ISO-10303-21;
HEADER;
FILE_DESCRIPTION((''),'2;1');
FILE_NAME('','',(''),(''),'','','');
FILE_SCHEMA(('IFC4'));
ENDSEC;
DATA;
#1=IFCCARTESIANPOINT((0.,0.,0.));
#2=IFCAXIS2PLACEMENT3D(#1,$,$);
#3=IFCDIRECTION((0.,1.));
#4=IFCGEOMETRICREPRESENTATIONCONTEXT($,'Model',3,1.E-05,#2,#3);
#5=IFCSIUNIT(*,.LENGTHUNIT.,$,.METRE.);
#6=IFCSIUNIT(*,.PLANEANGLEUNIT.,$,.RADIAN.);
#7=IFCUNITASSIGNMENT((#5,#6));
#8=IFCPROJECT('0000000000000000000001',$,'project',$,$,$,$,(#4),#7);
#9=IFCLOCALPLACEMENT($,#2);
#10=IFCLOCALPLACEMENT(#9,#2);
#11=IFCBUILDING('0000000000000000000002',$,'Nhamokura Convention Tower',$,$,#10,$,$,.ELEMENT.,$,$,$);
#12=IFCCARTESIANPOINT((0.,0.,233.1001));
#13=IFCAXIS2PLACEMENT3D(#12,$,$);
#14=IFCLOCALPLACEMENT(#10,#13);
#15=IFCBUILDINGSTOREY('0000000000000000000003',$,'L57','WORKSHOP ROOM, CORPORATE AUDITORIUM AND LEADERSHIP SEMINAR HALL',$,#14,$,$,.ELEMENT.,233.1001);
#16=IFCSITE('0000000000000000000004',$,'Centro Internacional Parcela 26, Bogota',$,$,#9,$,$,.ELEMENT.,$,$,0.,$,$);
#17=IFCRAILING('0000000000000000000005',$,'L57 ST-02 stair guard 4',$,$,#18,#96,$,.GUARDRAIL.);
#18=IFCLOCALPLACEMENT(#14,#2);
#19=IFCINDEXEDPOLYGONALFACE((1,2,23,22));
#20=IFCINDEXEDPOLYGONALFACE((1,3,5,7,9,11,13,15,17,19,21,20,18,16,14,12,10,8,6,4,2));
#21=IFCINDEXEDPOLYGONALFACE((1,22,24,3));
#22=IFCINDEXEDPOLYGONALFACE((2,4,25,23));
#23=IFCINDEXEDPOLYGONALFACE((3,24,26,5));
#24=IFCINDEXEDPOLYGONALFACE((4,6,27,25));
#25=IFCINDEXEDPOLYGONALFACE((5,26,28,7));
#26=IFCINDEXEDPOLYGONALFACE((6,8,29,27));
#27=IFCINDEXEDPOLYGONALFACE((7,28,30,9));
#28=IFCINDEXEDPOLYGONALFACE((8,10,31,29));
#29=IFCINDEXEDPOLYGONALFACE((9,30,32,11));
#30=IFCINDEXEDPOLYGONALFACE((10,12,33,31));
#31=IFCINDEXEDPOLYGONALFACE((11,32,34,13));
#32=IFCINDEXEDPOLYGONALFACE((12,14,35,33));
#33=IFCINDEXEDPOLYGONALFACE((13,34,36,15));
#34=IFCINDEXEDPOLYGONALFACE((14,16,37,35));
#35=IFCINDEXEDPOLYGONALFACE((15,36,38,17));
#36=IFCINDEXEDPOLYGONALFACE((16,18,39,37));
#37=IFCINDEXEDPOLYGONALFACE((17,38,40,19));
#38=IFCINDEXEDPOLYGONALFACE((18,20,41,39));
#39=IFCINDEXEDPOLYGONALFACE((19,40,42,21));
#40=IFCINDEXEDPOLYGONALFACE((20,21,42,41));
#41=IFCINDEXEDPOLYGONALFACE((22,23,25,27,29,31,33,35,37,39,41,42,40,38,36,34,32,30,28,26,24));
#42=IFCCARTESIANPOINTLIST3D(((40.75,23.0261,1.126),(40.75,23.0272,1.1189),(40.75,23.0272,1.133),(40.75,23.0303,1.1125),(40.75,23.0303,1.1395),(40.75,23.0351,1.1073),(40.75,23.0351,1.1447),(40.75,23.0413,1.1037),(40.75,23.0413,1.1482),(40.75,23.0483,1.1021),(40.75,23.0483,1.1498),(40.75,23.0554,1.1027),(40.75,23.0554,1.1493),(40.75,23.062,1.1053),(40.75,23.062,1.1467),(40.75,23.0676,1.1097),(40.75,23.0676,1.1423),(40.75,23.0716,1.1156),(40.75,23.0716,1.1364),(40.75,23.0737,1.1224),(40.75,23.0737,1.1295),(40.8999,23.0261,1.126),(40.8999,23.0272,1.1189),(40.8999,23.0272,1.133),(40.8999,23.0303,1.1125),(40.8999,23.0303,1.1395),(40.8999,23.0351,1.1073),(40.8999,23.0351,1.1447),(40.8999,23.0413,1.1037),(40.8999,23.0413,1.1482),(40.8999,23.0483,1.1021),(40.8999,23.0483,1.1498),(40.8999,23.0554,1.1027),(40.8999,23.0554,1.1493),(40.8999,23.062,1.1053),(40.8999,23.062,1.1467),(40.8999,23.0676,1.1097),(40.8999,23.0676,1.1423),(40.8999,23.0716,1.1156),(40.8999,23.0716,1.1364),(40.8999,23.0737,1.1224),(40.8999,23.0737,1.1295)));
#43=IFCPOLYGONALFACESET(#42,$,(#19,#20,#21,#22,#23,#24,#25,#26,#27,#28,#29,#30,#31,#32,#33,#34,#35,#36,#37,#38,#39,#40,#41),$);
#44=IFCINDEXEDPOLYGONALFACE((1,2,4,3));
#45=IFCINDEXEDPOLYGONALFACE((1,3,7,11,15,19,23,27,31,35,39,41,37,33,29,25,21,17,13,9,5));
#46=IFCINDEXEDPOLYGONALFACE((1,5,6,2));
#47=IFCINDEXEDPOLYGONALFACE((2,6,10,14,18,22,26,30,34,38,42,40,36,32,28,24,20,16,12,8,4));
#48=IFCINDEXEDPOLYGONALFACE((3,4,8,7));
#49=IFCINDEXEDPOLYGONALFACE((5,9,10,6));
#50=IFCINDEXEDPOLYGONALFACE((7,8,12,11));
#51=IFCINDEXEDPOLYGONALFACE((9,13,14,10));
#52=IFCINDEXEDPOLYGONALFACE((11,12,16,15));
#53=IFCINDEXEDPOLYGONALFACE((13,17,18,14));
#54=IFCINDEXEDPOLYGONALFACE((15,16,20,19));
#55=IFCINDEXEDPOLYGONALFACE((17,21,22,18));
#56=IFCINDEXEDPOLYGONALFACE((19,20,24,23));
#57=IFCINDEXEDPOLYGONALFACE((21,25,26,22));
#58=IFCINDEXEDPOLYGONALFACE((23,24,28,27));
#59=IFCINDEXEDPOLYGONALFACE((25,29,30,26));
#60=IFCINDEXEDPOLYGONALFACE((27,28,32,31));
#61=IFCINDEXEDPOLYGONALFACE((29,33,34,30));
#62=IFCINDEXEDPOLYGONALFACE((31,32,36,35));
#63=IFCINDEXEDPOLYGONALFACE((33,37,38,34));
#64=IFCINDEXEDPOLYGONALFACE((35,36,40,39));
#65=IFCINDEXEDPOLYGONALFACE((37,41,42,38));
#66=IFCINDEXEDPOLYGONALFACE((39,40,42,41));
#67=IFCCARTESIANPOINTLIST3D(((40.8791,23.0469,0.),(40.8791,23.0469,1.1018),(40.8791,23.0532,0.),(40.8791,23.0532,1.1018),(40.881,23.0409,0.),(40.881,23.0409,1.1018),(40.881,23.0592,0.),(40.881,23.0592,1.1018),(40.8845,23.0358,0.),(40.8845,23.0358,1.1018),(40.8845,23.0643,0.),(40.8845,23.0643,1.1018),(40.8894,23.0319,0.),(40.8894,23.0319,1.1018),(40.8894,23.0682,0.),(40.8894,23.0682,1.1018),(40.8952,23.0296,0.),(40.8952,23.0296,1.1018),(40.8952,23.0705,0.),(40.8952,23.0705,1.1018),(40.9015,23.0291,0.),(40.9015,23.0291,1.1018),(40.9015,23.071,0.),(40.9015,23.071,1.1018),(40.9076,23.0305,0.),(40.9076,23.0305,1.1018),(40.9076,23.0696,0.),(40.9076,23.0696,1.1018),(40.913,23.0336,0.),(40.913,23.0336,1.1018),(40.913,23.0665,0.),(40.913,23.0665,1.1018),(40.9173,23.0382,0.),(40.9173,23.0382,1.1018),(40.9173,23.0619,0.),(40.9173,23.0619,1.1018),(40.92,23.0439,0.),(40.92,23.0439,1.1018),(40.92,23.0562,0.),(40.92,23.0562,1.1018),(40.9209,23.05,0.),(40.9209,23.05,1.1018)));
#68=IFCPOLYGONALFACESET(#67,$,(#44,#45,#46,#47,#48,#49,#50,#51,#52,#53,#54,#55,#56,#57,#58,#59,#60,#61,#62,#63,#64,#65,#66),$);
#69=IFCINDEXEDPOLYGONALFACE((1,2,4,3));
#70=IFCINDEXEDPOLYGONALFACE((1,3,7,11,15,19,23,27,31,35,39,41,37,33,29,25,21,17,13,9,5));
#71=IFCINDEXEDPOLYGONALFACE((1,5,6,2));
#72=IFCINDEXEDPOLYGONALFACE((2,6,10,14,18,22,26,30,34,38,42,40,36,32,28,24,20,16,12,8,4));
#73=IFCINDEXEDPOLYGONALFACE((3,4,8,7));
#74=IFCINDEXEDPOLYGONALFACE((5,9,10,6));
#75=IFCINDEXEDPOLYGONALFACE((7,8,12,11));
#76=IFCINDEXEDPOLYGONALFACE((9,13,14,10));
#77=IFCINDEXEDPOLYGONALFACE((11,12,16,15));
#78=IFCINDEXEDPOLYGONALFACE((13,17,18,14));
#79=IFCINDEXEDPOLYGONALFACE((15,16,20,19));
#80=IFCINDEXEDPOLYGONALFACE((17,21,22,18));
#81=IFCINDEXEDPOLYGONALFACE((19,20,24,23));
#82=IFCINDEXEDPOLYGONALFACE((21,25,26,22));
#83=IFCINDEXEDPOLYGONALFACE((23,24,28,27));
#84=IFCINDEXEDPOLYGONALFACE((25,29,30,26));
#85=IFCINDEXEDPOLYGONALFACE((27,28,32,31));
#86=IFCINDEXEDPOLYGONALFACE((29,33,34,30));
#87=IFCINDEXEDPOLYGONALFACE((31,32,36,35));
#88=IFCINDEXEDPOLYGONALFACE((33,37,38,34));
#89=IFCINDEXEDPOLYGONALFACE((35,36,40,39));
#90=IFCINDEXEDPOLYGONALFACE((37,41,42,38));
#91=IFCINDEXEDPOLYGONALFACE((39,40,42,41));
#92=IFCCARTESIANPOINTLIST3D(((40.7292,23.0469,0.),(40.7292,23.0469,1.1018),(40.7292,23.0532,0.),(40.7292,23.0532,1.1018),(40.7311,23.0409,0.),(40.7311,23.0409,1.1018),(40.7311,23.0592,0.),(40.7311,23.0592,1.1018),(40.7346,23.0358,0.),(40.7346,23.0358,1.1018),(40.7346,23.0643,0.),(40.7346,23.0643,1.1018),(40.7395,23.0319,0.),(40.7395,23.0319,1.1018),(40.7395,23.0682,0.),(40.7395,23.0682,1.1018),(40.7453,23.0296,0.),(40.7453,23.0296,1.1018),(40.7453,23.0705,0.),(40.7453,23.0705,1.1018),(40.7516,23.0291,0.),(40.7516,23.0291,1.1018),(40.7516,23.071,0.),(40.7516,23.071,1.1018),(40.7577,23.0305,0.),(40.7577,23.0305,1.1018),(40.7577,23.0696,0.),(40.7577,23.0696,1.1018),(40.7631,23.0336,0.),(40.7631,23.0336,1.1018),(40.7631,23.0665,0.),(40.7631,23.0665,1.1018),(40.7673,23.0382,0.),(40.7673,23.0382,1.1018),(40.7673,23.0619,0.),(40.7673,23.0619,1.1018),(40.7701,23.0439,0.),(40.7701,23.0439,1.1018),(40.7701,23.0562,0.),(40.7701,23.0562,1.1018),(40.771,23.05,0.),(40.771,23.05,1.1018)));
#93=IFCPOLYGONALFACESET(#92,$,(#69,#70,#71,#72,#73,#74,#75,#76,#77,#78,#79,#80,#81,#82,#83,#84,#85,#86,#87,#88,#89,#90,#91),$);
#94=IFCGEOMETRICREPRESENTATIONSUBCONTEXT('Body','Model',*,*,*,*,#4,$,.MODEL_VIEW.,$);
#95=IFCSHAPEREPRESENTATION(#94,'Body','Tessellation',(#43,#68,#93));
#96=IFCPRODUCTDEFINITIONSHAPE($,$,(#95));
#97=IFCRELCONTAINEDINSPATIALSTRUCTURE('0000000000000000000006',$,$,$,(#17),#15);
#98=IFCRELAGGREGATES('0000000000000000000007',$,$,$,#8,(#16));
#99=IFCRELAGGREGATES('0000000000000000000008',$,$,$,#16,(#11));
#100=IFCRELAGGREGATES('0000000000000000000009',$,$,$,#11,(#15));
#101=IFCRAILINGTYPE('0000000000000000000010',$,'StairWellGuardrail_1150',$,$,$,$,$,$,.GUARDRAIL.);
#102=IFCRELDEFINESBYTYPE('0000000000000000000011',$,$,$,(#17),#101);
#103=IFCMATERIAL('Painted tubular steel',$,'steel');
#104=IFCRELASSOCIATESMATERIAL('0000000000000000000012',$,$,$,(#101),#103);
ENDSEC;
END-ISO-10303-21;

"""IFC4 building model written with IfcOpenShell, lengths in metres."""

from ifc_helpers import new_model, si_unit, direction, frame, origin, origin_2d, place, context, subcontext, project, spatial, circle, extrude, material, type_object, element, save


model = new_model("IFC4")

# Units and contexts
model_context = context("Model", 3, precision=1e-05, world=origin(), true_north=direction((0.0, 1.0)))
body_context = subcontext(model_context, "Body", "Model", "MODEL_VIEW")
ifc_project = project(units=[si_unit("LENGTHUNIT", "METRE"), si_unit("PLANEANGLEUNIT", "RADIAN")], contexts=[model_context])

# Site, building, storey
site_placement = place(None, origin())
site = spatial("IfcSite", under=ifc_project, at=site_placement, Name="Centro Internacional Parcela 26, Bogota", CompositionType="ELEMENT", RefElevation=0.0)
building_placement = place(site_placement, origin())
building = spatial("IfcBuilding", under=site, at=building_placement, Name="Nhamokura Convention Tower", CompositionType="ELEMENT")
storey_placement = place(building_placement, frame((0.0, 0.0, 233.1001)))
storey = spatial("IfcBuildingStorey", under=building, at=storey_placement, Name="L57", Description="WORKSHOP ROOM, CORPORATE AUDITORIUM AND LEADERSHIP SEMINAR HALL", CompositionType="ELEMENT", Elevation=233.1001)

# Railing
ifc_material_1 = material(Name="Painted tubular steel", Category="steel")
railing_type_1 = type_object("IfcRailingType", Name="StairWellGuardrail_1150", PredefinedType="GUARDRAIL", material=ifc_material_1)
railing_1_placement = place(storey_placement, frame((40.8999, 23.05, 0.0)))
element("IfcRailing", 1, at=railing_1_placement, inside=storey, type_object=railing_type_1, Name="L57 ST-02 stair guard 4", PredefinedType="GUARDRAIL", context=body_context, shape_type="SweptSolid", body=[
    extrude(circle(Radius=0.0239, at=origin_2d()), frame((0.0, 0.0, 1.126), z_axis=(-1.0, 0.0, 0.0), x_axis=(0.0, -1.0, 0.0)), (0.0, 0.0, 1.0), 0.1499),
    extrude(circle(Radius=0.021, at=origin_2d()), origin(), (0.0, 0.0, 1.0), 1.1018),
    extrude(circle(Radius=0.021, at=origin_2d()), frame((-0.1499, 0.0, 0.0)), (0.0, 0.0, 1.0), 1.1018),
])

save(model, "model.ifc")
